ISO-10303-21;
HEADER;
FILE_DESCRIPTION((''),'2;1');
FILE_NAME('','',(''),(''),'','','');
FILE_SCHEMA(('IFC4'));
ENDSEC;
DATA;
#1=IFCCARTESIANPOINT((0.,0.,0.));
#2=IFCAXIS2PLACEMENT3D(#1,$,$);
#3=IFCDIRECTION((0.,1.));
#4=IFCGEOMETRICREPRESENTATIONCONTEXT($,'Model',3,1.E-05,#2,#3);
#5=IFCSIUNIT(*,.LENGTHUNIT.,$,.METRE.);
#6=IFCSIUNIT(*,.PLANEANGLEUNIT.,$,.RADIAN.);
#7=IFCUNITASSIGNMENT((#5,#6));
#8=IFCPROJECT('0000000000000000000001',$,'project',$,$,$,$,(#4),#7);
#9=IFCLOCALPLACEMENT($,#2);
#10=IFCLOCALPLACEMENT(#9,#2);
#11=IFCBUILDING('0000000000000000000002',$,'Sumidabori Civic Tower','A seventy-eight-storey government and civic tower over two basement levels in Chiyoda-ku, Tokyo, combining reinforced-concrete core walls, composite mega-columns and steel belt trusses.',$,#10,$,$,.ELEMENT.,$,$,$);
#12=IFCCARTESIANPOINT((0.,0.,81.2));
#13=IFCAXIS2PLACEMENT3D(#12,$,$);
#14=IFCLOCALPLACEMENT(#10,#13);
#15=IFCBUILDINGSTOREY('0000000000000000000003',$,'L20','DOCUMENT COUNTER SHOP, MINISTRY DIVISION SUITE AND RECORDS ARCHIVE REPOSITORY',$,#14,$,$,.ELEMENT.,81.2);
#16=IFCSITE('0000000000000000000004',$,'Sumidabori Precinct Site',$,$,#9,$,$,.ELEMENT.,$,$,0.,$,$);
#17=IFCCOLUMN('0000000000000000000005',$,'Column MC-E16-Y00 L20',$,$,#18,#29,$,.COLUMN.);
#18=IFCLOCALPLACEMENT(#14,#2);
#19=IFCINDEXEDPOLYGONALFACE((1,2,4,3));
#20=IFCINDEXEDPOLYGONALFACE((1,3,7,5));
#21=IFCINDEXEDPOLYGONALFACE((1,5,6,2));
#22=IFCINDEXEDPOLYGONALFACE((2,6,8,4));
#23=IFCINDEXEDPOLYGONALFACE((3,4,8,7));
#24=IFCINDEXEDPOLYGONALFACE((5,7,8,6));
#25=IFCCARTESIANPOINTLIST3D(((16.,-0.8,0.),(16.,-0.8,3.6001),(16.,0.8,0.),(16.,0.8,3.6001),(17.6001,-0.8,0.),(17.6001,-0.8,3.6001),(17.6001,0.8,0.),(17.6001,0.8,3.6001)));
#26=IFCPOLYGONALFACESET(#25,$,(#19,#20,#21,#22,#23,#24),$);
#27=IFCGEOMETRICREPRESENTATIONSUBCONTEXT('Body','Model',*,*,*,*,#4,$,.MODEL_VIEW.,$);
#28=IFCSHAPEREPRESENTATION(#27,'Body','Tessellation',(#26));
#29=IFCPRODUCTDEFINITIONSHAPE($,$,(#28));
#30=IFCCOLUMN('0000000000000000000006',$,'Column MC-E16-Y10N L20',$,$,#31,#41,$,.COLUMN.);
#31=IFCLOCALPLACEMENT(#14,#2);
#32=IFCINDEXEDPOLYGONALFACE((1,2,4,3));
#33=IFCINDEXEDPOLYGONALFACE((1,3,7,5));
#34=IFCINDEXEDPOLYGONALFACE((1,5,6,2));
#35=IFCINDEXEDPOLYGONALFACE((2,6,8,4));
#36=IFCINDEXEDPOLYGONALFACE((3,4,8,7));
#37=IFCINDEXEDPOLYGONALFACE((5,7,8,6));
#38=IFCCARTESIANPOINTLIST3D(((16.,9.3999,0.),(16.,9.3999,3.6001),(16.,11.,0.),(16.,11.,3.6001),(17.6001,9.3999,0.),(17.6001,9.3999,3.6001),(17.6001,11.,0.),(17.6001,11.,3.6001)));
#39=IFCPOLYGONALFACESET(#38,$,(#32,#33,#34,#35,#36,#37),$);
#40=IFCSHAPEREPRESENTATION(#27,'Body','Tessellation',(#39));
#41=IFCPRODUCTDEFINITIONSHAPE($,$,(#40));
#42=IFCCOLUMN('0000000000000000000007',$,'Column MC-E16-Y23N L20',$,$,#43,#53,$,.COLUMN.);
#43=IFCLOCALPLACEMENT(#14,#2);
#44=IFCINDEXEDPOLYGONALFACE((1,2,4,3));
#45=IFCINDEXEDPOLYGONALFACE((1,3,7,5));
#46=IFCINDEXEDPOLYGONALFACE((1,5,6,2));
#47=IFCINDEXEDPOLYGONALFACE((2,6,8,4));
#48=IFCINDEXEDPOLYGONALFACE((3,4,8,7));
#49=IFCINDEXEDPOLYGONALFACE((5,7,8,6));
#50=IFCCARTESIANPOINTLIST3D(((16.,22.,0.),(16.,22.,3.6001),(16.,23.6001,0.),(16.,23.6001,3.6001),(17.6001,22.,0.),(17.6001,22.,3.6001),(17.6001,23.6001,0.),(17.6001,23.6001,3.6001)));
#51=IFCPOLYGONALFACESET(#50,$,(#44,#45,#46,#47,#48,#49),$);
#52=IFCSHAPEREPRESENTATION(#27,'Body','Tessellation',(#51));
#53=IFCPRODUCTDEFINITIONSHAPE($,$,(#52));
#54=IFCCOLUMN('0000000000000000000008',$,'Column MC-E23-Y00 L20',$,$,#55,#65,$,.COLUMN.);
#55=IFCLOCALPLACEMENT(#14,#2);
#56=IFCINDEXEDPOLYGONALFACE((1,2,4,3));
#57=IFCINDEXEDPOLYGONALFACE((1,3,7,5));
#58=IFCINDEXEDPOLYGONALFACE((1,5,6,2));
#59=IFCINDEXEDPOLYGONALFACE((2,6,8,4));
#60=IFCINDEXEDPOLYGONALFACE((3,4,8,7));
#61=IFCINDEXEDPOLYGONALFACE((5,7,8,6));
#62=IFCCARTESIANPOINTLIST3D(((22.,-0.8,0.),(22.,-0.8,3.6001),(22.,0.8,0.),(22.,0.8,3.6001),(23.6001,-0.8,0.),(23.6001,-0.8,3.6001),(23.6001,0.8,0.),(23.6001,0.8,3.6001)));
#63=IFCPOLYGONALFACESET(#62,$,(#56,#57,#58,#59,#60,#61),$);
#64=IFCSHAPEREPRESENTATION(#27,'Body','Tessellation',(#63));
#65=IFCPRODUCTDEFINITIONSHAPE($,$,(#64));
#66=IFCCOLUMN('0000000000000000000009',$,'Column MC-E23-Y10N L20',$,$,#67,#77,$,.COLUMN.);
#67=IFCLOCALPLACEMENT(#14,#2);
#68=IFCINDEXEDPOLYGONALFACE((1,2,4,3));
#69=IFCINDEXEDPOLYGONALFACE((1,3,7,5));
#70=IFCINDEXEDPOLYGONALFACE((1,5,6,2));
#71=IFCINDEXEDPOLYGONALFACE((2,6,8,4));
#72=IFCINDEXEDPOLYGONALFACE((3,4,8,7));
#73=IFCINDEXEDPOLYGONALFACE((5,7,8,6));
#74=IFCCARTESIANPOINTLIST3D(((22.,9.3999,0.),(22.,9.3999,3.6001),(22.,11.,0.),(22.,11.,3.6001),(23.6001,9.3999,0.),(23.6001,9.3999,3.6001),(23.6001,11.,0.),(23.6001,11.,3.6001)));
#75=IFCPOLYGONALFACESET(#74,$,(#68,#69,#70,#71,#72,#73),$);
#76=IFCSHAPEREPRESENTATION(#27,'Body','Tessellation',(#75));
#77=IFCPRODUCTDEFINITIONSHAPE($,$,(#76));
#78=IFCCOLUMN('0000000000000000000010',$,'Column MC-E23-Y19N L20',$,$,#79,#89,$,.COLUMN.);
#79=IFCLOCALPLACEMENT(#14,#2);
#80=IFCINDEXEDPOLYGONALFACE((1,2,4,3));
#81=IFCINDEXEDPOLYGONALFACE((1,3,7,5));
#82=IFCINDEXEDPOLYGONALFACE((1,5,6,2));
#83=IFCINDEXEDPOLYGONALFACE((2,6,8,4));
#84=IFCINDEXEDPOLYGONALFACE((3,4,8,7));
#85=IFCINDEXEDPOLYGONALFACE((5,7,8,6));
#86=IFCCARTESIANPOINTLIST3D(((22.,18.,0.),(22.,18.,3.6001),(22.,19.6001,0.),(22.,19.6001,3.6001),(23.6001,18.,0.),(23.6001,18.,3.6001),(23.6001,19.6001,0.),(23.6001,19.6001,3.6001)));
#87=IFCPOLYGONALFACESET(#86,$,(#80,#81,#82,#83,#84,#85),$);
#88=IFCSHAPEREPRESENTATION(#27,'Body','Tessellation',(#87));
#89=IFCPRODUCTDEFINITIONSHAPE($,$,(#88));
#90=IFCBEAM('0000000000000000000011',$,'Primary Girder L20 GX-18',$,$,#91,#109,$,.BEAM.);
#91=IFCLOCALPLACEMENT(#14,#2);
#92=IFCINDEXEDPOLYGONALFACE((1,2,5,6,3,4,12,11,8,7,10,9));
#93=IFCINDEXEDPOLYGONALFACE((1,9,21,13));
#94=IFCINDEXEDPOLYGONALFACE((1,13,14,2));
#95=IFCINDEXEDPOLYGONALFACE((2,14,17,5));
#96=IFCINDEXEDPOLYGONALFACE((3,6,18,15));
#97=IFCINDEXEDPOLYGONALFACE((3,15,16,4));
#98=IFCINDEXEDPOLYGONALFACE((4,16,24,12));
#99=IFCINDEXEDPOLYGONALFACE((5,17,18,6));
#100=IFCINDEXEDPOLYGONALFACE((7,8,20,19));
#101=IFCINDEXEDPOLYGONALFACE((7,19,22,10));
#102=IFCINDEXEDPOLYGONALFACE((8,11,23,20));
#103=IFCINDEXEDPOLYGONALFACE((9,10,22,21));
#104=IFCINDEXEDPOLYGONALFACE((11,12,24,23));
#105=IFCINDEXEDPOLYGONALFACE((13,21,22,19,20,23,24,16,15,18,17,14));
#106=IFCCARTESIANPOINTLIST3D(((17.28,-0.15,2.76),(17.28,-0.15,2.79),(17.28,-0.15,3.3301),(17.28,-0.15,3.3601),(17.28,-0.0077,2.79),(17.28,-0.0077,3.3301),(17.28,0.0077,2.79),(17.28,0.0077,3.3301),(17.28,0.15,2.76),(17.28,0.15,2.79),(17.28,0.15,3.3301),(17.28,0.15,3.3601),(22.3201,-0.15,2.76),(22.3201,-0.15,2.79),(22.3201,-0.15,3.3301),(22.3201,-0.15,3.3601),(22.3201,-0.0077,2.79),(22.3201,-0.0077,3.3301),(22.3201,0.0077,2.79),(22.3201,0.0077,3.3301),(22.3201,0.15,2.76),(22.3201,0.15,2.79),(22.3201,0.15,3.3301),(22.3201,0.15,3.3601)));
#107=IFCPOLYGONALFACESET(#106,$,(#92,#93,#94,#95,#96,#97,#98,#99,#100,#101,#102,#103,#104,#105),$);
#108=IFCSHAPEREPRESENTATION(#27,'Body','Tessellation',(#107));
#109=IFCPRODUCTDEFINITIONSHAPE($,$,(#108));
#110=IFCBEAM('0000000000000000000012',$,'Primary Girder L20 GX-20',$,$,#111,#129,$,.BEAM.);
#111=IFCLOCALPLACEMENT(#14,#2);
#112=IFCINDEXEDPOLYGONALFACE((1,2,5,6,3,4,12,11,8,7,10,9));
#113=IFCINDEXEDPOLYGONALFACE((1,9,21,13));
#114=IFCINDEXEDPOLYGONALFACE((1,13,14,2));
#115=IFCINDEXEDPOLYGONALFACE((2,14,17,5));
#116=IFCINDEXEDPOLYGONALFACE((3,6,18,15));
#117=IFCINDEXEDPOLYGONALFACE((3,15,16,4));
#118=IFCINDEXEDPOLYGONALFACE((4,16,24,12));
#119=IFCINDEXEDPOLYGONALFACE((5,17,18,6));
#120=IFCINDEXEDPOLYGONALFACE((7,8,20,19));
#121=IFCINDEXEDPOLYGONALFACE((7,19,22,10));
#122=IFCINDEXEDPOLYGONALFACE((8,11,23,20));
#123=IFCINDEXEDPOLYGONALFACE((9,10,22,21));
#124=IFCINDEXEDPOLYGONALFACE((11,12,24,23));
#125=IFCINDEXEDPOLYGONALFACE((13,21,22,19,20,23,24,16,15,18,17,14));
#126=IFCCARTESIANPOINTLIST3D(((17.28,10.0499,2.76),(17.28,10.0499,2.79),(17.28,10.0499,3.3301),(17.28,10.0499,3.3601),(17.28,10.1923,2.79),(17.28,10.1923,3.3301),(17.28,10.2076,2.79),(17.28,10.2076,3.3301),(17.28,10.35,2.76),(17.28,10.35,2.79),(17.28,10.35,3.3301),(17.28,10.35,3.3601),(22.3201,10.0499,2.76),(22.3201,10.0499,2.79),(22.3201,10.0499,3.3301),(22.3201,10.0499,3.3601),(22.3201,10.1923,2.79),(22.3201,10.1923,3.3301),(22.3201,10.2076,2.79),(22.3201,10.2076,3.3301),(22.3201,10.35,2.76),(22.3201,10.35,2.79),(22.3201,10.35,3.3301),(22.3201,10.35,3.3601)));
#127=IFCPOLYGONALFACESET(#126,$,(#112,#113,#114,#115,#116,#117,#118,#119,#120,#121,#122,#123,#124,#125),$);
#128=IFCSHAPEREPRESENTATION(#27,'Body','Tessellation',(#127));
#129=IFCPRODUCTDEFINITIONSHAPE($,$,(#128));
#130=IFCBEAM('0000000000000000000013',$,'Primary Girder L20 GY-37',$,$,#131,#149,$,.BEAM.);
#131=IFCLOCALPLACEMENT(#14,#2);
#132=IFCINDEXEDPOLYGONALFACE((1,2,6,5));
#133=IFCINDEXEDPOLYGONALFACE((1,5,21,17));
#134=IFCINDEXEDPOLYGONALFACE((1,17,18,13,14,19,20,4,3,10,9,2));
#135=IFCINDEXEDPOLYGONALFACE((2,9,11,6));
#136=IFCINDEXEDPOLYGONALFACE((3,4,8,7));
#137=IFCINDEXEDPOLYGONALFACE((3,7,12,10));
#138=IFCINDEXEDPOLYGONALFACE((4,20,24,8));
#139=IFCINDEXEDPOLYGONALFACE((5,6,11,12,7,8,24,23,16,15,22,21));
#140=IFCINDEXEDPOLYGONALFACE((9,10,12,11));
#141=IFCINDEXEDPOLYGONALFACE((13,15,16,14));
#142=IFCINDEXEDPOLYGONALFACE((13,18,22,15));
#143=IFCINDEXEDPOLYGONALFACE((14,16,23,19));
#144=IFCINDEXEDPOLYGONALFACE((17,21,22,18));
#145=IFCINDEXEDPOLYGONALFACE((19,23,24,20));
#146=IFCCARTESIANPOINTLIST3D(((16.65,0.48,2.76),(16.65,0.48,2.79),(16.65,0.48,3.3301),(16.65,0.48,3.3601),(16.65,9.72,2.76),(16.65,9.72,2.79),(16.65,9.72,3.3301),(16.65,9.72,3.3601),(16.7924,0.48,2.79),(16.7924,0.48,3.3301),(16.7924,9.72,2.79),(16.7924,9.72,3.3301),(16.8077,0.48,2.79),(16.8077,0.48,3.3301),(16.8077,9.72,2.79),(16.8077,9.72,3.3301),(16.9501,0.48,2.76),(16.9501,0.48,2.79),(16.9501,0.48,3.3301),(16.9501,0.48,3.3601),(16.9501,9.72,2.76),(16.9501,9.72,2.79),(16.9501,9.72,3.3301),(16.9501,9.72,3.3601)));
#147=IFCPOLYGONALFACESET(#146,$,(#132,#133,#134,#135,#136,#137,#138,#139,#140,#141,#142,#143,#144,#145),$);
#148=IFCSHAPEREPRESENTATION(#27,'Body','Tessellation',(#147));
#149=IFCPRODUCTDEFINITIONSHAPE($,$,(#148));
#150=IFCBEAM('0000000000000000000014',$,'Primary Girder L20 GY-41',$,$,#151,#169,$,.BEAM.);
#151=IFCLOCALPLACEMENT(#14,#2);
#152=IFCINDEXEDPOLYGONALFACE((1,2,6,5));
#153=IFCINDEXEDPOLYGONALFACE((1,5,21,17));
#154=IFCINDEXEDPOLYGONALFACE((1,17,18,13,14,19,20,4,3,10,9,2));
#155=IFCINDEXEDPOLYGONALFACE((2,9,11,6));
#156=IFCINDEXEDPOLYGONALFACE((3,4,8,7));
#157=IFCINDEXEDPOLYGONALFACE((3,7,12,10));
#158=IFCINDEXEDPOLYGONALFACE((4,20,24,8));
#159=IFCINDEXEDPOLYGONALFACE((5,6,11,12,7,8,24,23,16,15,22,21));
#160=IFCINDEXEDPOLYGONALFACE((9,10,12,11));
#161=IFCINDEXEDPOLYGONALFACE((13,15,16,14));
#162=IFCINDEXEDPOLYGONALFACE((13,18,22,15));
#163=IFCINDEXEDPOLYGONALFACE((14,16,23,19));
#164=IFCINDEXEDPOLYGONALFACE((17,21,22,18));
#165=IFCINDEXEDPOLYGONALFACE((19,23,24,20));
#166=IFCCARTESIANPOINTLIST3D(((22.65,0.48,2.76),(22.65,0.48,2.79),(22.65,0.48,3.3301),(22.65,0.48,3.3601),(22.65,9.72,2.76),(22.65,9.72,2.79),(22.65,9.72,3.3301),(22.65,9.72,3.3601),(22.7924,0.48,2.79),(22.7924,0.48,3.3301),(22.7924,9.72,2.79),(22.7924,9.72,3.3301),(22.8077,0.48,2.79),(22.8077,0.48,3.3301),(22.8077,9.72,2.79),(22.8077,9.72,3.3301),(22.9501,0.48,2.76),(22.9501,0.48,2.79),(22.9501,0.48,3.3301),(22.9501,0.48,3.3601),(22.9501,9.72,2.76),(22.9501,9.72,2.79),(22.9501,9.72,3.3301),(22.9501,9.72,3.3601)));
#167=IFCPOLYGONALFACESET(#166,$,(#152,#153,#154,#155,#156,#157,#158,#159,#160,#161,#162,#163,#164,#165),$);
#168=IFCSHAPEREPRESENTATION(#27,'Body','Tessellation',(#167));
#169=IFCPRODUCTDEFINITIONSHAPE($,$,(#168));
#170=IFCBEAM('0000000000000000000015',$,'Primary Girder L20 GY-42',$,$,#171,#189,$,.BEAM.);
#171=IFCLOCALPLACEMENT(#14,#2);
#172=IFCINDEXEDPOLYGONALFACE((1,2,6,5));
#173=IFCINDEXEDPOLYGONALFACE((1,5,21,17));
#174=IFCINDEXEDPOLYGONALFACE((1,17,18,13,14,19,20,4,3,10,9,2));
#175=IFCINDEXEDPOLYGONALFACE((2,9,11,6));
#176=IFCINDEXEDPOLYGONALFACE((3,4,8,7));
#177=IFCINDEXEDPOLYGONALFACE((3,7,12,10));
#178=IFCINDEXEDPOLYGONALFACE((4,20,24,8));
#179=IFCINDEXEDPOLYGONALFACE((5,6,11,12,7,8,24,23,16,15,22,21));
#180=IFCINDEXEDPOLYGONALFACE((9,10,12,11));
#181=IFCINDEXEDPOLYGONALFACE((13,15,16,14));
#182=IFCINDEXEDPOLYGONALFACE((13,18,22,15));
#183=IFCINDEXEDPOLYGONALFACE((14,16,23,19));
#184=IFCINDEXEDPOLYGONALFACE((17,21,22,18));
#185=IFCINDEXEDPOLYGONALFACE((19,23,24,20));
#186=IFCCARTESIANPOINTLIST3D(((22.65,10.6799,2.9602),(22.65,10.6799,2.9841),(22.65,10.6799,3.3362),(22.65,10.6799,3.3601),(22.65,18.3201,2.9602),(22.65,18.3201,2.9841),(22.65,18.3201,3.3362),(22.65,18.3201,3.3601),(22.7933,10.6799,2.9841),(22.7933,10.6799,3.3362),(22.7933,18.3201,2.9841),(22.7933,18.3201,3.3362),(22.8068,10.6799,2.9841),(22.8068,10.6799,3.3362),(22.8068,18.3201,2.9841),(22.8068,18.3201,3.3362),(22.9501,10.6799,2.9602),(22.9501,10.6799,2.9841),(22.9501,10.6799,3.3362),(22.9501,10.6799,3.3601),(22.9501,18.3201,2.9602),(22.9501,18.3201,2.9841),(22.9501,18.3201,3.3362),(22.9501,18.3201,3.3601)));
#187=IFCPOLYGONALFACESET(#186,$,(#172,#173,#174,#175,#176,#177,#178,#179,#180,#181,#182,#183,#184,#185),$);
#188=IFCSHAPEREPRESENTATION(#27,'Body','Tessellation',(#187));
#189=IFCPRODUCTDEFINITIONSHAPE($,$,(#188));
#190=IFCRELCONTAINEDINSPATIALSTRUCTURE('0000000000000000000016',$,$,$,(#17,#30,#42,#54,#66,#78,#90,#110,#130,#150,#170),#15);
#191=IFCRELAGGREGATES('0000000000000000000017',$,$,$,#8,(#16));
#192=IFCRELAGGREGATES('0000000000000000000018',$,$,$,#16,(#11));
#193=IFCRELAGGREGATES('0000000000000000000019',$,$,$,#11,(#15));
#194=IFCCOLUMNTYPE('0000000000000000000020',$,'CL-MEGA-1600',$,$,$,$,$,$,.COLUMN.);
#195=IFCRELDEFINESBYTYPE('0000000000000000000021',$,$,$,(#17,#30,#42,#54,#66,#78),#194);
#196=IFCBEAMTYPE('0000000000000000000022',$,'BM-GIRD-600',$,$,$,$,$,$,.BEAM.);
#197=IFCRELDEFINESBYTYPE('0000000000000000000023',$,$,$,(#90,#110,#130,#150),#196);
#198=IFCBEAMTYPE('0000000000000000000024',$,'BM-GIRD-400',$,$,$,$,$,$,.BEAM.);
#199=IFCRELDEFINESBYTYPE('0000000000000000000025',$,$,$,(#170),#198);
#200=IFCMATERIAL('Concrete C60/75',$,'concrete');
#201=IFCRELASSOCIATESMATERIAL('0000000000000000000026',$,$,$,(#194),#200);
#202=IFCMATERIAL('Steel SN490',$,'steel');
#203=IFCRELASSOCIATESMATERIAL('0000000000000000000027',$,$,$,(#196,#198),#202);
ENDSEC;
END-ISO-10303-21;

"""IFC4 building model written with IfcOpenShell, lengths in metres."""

from ifc_helpers import new_model, si_unit, direction, frame, origin, origin_2d, place, context, subcontext, project, spatial, rectangle, i_section, extrude, source, transform, mapped, material, material_profile, profile_set, type_object, element, save


model = new_model("IFC4")

# Units and contexts
model_context = context("Model", 3, precision=1e-05, world=origin(), true_north=direction((0.0, 1.0)))
body_context = subcontext(model_context, "Body", "Model", "MODEL_VIEW")
ifc_project = project(units=[si_unit("LENGTHUNIT", "METRE"), si_unit("PLANEANGLEUNIT", "RADIAN")], contexts=[model_context])

# Site, building, storey
site_placement = place(None, origin())
site = spatial("IfcSite", under=ifc_project, at=site_placement, Name="Sumidabori Precinct Site", CompositionType="ELEMENT", RefElevation=0.0)
building_placement = place(site_placement, origin())
building = spatial("IfcBuilding", under=site, at=building_placement, Name="Sumidabori Civic Tower", Description="A seventy-eight-storey government and civic tower over two basement levels in Chiyoda-ku, Tokyo, combining reinforced-concrete core walls, composite mega-columns and steel belt trusses.", CompositionType="ELEMENT")
storey_placement = place(building_placement, frame((0.0, 0.0, 81.2)))
storey = spatial("IfcBuildingStorey", under=building, at=storey_placement, Name="L20", Description="DOCUMENT COUNTER SHOP, MINISTRY DIVISION SUITE AND RECORDS ARCHIVE REPOSITORY", CompositionType="ELEMENT", Elevation=81.2)

# Columns
ifc_material_1 = material(Name="Concrete C60/75", Category="concrete")
ifc_material_profile_1 = material_profile(ifc_material_1, rectangle(XDim=1.6001, YDim=1.6001, at=origin_2d()), Name="RC 1600x1600")
ifc_profile_set_1 = profile_set([ifc_material_profile_1], Name="Concrete C60/75")
column_type = type_object("IfcColumnType", Name="CL-MEGA-1600", PredefinedType="COLUMN", material=ifc_profile_set_1)
shared_shape_1 = source(origin(), body_context, "Body", "SweptSolid", [
    extrude(rectangle(XDim=1.6001, YDim=1.6001, at=origin_2d()), origin(), (0.0, 0.0, 1.0), 3.6001),
])
for number, where, z_axis, x_axis, name in (
    (1, (16.8, 0.0, 0.0), (0.0, 0.0, 1.0), (1.0, 0.0, 0.0), "Column MC-E16-Y00 L20"),
    (2, (16.8, 10.2, 0.0), (0.0, 0.0, 1.0), (1.0, 0.0, 0.0), "Column MC-E16-Y10N L20"),
    (3, (16.8, 22.8, 0.0), (0.0, 0.0, 1.0), (1.0, 0.0, 0.0), "Column MC-E16-Y23N L20"),
    (4, (22.8, 0.0, 0.0), (0.0, 0.0, 1.0), (1.0, 0.0, 0.0), "Column MC-E23-Y00 L20"),
    (5, (22.8, 10.2, 0.0), (0.0, 0.0, 1.0), (1.0, 0.0, 0.0), "Column MC-E23-Y10N L20"),
    (6, (22.8, 18.8, 0.0), (0.0, 0.0, 1.0), (1.0, 0.0, 0.0), "Column MC-E23-Y19N L20"),
):
    element("IfcColumn", number, at=place(storey_placement, frame(where, z_axis=z_axis, x_axis=x_axis)), inside=storey, type_object=column_type, Name=name, PredefinedType="COLUMN", context=body_context, shape_type="MappedRepresentation", body=[
        mapped(shared_shape_1, transform((0.0, 0.0, 0.0), x_axis=(1.0, 0.0, 0.0), y_axis=(0.0, 1.0, 0.0), z_axis=(0.0, 0.0, 1.0), scale=1.0)),
    ])

# Beams
ifc_material_2 = material(Name="Steel SN490", Category="steel")
ifc_material_profile_2 = material_profile(ifc_material_2, i_section(OverallWidth=0.3, OverallDepth=0.6001, WebThickness=0.0154, FlangeThickness=0.03, at=origin_2d()), Name="HE 600 B")
ifc_profile_set_2 = profile_set([ifc_material_profile_2], Name="Steel SN490")
beam_type_1 = type_object("IfcBeamType", Name="BM-GIRD-600", PredefinedType="BEAM", material=ifc_profile_set_2)
shared_shape_2 = source(origin(), body_context, "Body", "SweptSolid", [
    extrude(i_section(OverallWidth=0.3, OverallDepth=0.6001, WebThickness=0.0154, FlangeThickness=0.03, at=origin_2d()), origin(), (0.0, 0.0, 1.0), 5.04),
])
for number, where, z_axis, x_axis, name in (
    (7, (17.28, 0.0, 3.0601), (1.0, 0.0, 0.0), (0.0, 1.0, 0.0), "Primary Girder L20 GX-18"),
    (8, (17.28, 10.2, 3.0601), (1.0, 0.0, 0.0), (0.0, 1.0, 0.0), "Primary Girder L20 GX-20"),
):
    element("IfcBeam", number, at=place(storey_placement, frame(where, z_axis=z_axis, x_axis=x_axis)), inside=storey, type_object=beam_type_1, Name=name, PredefinedType="BEAM", context=body_context, shape_type="MappedRepresentation", body=[
        mapped(shared_shape_2, transform((0.0, 0.0, 0.0), x_axis=(1.0, 0.0, 0.0), y_axis=(0.0, 1.0, 0.0), z_axis=(0.0, 0.0, 1.0), scale=1.0)),
    ])
shared_shape_3 = source(origin(), body_context, "Body", "SweptSolid", [
    extrude(i_section(OverallWidth=0.3, OverallDepth=0.6001, WebThickness=0.0154, FlangeThickness=0.03, at=origin_2d()), origin(), (0.0, 0.0, 1.0), 9.24),
])
for number, where, z_axis, x_axis, name in (
    (9, (16.8, 0.48, 3.0601), (0.0, 1.0, 0.0), (-1.0, 0.0, 0.0), "Primary Girder L20 GY-37"),
    (10, (22.8, 0.48, 3.0601), (0.0, 1.0, 0.0), (-1.0, 0.0, 0.0), "Primary Girder L20 GY-41"),
):
    element("IfcBeam", number, at=place(storey_placement, frame(where, z_axis=z_axis, x_axis=x_axis)), inside=storey, type_object=beam_type_1, Name=name, PredefinedType="BEAM", context=body_context, shape_type="MappedRepresentation", body=[
        mapped(shared_shape_3, transform((0.0, 0.0, 0.0), x_axis=(1.0, 0.0, 0.0), y_axis=(0.0, 1.0, 0.0), z_axis=(0.0, 0.0, 1.0), scale=1.0)),
    ])
ifc_material_profile_3 = material_profile(ifc_material_2, i_section(OverallWidth=0.3, OverallDepth=0.3999, WebThickness=0.0134, FlangeThickness=0.0239, at=origin_2d()), Name="HE 400 B")
ifc_profile_set_3 = profile_set([ifc_material_profile_3], Name="Steel SN490")
beam_type_2 = type_object("IfcBeamType", Name="BM-GIRD-400", PredefinedType="BEAM", material=ifc_profile_set_3)
shared_shape_4 = source(origin(), body_context, "Body", "SweptSolid", [
    extrude(i_section(OverallWidth=0.3, OverallDepth=0.3999, WebThickness=0.0134, FlangeThickness=0.0239, at=origin_2d()), origin(), (0.0, 0.0, 1.0), 7.6401),
])
beam_1_placement = place(storey_placement, frame((22.8, 10.6799, 3.1602), z_axis=(0.0, 1.0, 0.0), x_axis=(-1.0, 0.0, 0.0)))
element("IfcBeam", 11, at=beam_1_placement, inside=storey, type_object=beam_type_2, Name="Primary Girder L20 GY-42", PredefinedType="BEAM", context=body_context, shape_type="MappedRepresentation", body=[
    mapped(shared_shape_4, transform((0.0, 0.0, 0.0), x_axis=(1.0, 0.0, 0.0), y_axis=(0.0, 1.0, 0.0), z_axis=(0.0, 0.0, 1.0), scale=1.0)),
])

save(model, "model.ifc")
